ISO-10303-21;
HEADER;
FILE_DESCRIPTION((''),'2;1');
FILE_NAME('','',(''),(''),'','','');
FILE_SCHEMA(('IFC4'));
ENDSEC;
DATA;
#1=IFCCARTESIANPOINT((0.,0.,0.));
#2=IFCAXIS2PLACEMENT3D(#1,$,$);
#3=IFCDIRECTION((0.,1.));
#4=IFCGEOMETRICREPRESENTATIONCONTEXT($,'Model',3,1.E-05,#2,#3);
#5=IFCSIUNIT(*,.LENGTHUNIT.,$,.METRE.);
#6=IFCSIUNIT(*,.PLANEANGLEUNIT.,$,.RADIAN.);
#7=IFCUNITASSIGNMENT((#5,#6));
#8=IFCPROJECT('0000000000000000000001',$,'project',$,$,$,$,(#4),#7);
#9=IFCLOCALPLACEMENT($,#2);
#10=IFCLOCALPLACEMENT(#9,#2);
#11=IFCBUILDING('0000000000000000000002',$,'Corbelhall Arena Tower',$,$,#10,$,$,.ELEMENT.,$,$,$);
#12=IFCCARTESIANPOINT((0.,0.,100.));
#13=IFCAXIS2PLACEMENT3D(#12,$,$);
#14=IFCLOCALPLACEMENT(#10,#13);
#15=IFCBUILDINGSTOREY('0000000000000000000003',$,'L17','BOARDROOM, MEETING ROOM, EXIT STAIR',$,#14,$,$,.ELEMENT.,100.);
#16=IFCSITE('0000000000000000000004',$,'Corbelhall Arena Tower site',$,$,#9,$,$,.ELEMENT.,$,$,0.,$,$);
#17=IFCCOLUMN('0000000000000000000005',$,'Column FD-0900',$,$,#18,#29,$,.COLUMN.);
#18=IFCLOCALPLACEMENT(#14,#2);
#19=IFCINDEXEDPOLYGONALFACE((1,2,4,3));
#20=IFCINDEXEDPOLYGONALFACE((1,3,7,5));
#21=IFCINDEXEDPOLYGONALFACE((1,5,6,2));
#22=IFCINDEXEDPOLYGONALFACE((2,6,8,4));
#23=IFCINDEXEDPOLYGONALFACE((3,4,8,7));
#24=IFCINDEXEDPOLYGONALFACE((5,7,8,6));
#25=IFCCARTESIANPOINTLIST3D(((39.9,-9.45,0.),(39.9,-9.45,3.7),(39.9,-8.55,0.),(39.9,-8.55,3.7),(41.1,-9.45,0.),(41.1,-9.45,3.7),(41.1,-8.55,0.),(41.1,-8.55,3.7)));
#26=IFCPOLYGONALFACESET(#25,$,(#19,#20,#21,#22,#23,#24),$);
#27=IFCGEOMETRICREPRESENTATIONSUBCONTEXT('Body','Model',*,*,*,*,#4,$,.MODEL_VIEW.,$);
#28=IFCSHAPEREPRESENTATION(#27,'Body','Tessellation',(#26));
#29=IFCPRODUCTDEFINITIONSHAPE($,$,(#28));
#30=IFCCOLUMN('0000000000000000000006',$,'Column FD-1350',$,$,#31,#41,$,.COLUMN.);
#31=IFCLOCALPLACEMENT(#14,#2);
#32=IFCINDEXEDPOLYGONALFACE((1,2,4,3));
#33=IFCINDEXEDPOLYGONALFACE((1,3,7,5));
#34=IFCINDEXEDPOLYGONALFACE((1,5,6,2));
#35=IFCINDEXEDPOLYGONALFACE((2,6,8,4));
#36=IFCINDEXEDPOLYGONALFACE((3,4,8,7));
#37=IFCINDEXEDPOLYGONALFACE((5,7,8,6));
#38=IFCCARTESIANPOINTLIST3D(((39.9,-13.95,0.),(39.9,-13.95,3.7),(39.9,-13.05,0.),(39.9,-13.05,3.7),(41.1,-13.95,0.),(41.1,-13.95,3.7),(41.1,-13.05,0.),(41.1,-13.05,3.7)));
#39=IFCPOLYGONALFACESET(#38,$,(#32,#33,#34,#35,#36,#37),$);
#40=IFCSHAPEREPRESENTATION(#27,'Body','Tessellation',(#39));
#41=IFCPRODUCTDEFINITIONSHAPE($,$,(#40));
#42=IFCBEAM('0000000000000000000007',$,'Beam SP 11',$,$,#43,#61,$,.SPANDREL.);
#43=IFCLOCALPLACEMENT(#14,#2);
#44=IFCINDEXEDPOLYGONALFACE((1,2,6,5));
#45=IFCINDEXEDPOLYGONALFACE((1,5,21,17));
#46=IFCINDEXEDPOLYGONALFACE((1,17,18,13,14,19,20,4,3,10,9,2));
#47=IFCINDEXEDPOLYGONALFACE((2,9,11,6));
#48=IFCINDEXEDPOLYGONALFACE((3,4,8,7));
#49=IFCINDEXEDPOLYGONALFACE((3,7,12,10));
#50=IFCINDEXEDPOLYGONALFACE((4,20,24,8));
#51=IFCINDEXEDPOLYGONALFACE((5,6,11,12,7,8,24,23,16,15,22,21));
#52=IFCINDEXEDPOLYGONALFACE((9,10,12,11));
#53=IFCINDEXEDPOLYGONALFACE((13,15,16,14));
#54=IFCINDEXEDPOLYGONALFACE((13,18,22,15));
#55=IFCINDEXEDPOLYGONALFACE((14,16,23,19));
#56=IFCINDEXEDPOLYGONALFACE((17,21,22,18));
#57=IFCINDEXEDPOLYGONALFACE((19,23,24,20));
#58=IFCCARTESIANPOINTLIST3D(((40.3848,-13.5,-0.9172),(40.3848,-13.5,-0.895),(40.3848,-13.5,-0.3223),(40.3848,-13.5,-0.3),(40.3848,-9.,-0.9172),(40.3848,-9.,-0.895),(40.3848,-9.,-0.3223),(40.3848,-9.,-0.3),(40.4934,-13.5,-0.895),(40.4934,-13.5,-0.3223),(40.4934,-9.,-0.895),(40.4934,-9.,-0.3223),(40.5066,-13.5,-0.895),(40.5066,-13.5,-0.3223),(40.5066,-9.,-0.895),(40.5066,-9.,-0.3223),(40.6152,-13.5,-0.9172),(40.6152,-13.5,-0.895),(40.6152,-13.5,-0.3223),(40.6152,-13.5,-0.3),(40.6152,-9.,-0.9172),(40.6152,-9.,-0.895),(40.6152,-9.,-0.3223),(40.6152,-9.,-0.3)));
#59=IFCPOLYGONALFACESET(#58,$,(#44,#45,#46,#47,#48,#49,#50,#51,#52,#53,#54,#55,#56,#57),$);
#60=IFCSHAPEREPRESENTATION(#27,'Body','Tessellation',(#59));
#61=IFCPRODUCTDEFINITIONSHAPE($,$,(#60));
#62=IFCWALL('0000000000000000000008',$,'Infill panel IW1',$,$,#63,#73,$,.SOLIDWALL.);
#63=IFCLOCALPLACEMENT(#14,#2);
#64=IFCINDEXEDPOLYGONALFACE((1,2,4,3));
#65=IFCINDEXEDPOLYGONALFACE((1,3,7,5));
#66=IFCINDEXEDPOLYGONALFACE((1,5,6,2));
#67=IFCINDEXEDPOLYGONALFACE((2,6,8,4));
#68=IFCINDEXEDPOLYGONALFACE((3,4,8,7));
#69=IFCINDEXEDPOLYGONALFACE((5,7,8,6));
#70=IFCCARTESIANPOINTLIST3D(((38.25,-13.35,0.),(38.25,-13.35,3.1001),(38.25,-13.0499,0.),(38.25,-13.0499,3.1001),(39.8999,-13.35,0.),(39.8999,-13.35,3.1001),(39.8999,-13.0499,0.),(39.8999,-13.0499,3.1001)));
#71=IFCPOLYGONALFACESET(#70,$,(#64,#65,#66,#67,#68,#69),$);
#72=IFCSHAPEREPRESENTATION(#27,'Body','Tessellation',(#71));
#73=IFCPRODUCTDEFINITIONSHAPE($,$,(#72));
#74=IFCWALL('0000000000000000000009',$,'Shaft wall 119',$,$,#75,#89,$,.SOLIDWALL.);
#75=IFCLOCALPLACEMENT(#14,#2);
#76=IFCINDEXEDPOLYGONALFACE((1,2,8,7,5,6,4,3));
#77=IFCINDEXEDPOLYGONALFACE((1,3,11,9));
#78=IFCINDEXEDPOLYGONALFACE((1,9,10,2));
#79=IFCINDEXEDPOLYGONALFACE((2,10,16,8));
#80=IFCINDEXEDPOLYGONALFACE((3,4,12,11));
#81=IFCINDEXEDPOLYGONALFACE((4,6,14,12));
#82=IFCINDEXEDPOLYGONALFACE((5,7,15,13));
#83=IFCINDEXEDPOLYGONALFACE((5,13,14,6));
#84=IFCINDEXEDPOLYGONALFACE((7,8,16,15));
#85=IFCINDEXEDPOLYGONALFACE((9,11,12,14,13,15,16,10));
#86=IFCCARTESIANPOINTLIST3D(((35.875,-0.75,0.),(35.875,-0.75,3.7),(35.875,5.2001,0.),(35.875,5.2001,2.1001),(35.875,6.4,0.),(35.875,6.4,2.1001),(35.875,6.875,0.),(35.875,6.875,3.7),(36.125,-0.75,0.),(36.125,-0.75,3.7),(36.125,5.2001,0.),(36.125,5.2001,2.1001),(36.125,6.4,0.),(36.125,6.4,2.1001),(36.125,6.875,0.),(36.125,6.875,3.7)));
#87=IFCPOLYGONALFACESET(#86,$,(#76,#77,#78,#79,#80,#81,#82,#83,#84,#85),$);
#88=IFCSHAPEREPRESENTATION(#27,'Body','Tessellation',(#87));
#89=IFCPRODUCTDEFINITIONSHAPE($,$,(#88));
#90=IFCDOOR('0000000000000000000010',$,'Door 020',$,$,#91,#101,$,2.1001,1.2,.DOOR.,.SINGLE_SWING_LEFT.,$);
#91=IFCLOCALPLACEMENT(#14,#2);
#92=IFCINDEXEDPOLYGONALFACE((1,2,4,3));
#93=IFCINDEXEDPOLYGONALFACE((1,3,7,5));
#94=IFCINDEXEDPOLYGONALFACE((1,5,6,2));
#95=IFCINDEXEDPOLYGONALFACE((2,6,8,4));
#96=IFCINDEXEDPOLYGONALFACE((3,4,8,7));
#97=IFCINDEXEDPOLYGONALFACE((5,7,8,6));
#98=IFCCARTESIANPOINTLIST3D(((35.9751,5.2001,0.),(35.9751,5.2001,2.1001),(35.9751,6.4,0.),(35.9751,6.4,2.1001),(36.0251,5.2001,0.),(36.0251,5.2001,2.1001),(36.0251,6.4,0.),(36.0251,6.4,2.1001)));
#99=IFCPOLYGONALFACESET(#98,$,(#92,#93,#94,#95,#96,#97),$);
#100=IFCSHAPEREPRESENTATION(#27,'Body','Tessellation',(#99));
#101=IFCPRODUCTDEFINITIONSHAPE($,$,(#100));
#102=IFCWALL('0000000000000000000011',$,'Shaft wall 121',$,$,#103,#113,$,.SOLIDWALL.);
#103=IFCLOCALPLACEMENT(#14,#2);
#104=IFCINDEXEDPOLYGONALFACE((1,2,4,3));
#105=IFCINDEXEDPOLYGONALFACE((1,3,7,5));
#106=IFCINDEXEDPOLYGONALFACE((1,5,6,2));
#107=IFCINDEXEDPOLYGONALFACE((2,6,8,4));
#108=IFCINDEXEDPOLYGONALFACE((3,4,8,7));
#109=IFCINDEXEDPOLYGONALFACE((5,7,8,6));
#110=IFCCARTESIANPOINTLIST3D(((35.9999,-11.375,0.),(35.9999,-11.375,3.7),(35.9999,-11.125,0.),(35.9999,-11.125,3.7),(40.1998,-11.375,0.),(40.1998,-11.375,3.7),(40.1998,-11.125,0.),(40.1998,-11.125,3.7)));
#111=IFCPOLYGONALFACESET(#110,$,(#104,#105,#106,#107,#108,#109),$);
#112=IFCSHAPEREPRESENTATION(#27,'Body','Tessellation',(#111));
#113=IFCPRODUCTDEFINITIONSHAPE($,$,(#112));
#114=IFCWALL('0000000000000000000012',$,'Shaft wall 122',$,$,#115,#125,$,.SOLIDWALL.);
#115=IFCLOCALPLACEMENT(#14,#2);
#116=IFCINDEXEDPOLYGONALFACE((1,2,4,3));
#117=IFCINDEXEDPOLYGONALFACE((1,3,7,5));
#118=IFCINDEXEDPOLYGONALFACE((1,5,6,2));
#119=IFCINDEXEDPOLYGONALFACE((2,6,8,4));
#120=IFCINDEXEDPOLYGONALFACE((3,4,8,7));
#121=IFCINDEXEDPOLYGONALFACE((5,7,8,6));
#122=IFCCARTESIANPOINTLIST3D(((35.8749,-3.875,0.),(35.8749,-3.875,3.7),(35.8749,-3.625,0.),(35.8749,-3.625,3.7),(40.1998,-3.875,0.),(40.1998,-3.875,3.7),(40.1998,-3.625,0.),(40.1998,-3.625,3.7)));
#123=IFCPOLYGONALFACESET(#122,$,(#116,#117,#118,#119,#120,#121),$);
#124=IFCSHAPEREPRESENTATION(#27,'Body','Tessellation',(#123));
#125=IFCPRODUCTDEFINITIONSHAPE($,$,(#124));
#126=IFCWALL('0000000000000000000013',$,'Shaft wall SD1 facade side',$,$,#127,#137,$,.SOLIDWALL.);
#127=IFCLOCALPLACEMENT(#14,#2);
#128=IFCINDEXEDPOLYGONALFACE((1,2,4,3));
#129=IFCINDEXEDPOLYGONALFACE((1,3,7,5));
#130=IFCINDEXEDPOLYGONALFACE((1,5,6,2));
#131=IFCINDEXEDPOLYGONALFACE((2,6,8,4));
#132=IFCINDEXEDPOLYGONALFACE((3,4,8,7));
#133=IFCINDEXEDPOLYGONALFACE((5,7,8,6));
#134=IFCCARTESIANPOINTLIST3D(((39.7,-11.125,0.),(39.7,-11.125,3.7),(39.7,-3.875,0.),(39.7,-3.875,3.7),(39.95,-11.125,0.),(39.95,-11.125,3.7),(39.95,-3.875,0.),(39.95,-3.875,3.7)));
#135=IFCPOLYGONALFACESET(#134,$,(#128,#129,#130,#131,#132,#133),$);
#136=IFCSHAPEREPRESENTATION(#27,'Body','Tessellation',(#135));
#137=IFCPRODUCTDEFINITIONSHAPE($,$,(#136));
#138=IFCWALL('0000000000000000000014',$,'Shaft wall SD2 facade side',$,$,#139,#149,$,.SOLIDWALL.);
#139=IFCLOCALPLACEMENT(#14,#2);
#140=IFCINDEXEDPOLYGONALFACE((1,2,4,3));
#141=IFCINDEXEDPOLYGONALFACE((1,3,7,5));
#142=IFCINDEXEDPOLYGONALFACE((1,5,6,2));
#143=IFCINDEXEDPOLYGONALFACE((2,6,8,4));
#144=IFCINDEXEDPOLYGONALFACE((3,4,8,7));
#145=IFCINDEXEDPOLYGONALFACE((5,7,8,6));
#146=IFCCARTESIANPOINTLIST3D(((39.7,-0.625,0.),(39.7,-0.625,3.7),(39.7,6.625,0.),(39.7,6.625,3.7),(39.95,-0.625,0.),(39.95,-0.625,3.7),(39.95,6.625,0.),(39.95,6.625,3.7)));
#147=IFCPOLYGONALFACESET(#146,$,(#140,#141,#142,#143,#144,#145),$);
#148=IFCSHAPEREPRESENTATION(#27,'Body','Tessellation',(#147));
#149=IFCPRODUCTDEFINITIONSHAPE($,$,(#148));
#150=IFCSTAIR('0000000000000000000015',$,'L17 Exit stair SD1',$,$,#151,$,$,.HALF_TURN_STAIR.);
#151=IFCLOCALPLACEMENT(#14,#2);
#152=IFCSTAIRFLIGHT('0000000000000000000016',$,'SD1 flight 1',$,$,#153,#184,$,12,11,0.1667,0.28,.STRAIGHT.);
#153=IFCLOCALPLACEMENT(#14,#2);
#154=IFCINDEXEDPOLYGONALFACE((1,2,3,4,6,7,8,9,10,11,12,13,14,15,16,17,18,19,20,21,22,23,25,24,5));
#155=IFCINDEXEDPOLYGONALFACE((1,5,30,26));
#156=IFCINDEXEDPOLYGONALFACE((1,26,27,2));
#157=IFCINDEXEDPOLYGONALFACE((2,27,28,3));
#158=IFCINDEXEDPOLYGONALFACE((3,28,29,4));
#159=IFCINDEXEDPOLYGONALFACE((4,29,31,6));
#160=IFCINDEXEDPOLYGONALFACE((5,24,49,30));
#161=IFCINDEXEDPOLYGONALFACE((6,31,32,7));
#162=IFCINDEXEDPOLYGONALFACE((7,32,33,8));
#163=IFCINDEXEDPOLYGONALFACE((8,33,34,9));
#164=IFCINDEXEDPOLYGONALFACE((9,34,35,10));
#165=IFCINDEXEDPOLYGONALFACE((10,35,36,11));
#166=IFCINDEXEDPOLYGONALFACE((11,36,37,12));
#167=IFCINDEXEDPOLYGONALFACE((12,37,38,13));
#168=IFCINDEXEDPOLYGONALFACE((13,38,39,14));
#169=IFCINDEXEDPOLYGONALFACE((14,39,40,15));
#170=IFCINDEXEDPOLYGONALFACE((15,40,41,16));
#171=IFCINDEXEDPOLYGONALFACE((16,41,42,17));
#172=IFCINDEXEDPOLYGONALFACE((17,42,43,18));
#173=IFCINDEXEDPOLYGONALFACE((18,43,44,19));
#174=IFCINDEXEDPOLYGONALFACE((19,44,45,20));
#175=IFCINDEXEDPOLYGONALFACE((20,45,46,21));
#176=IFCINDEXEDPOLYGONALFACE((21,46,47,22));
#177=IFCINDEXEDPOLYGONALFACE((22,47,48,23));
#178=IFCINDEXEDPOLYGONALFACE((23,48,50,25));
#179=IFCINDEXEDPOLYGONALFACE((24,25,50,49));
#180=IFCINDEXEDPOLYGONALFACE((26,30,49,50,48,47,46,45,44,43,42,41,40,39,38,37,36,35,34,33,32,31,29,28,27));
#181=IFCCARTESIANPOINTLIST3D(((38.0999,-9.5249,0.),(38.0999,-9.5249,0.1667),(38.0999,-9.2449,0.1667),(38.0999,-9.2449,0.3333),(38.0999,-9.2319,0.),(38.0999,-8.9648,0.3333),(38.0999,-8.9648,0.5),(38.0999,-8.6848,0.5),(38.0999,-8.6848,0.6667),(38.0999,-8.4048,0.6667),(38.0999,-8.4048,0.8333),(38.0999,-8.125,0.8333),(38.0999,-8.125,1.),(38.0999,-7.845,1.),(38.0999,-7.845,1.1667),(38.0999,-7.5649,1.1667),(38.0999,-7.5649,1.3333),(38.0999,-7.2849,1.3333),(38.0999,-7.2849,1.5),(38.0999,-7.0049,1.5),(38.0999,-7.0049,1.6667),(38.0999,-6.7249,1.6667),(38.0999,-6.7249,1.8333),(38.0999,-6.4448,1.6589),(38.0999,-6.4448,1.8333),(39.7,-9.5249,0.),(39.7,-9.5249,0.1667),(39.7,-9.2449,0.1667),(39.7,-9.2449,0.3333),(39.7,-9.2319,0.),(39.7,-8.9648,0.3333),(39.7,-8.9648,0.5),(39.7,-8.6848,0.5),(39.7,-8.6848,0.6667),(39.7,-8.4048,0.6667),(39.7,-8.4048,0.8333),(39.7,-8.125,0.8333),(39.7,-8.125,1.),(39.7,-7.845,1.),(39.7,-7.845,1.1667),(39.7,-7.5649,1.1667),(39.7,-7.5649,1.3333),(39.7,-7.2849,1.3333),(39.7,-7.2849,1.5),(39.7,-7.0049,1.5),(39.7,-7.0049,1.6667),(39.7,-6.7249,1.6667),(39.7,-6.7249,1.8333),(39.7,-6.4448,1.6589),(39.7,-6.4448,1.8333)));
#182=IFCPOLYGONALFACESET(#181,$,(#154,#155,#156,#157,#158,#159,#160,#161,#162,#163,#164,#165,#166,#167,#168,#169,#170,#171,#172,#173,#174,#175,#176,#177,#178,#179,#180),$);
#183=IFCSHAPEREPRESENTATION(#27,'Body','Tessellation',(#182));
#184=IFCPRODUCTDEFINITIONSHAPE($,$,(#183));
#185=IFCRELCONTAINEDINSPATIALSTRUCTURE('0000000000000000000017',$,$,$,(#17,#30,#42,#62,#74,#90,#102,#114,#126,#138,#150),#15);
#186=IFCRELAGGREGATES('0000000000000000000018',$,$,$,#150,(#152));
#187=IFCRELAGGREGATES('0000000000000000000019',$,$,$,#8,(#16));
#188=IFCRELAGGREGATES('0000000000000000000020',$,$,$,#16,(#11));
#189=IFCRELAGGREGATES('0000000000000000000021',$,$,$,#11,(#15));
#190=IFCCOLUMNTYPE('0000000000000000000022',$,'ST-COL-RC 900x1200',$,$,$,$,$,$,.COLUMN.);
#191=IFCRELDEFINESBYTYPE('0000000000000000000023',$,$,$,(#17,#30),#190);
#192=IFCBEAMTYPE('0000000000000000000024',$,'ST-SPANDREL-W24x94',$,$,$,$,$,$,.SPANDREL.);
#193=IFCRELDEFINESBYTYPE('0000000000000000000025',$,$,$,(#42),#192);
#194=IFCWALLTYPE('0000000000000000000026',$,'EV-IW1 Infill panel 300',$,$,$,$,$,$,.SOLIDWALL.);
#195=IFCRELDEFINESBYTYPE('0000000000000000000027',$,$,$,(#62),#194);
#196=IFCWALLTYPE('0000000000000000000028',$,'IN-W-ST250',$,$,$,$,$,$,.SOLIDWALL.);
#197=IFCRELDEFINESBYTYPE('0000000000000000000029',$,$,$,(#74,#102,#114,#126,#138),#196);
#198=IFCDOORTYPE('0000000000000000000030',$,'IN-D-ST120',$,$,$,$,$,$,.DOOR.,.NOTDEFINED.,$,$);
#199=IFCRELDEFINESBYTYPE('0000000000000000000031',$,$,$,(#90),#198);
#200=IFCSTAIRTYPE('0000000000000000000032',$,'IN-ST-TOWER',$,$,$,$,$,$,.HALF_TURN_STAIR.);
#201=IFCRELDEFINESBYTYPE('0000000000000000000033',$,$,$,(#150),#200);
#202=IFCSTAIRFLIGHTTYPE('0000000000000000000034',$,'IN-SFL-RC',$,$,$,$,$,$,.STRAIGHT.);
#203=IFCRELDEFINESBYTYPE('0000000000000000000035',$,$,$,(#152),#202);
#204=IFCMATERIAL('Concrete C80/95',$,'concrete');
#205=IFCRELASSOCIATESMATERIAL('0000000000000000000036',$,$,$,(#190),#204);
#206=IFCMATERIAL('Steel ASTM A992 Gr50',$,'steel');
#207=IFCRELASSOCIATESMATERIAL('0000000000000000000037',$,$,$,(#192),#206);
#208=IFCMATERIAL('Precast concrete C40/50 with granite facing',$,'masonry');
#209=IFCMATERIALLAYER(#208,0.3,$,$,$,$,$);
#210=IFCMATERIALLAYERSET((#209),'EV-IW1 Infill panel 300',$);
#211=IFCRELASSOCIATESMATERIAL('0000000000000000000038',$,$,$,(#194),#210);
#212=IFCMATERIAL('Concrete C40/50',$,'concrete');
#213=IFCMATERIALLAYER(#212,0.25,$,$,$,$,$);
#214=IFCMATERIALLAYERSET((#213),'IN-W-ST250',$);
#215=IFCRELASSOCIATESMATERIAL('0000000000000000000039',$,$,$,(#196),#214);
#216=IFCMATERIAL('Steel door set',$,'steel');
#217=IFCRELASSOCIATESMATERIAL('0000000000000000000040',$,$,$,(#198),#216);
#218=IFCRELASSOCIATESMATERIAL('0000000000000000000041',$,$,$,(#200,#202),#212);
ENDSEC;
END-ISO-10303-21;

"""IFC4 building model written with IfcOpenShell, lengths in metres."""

from ifc_helpers import new_model, si_unit, direction, frame, frame_2d, origin, origin_2d, place, context, subcontext, project, spatial, polyline, rectangle, i_section, outline, extrude, material, layer, layer_set, material_profile, profile_set, type_object, element, fill, aggregate, save


model = new_model("IFC4")

# Units and contexts
model_context = context("Model", 3, precision=1e-05, world=origin(), true_north=direction((0.0, 1.0)))
body_context = subcontext(model_context, "Body", "Model", "MODEL_VIEW")
ifc_project = project(units=[si_unit("LENGTHUNIT", "METRE"), si_unit("PLANEANGLEUNIT", "RADIAN")], contexts=[model_context])

# Site, building, storey
site_placement = place(None, origin())
site = spatial("IfcSite", under=ifc_project, at=site_placement, Name="Corbelhall Arena Tower site", CompositionType="ELEMENT", RefElevation=0.0)
building_placement = place(site_placement, origin())
building = spatial("IfcBuilding", under=site, at=building_placement, Name="Corbelhall Arena Tower", CompositionType="ELEMENT")
storey_placement = place(building_placement, frame((0.0, 0.0, 100.0)))
storey = spatial("IfcBuildingStorey", under=building, at=storey_placement, Name="L17", Description="BOARDROOM, MEETING ROOM, EXIT STAIR", CompositionType="ELEMENT", Elevation=100.0)

# Columns
ifc_material_1 = material(Name="Concrete C80/95", Category="concrete")
ifc_material_profile_1 = material_profile(ifc_material_1, rectangle(XDim=0.8999, YDim=1.2, at=origin_2d()))
ifc_profile_set_1 = profile_set([ifc_material_profile_1], Name="Concrete C80/95")
column_type = type_object("IfcColumnType", Name="ST-COL-RC 900x1200", PredefinedType="COLUMN", material=ifc_profile_set_1)
for number, where, z_axis, x_axis, name in (
    (1, (40.5, -9.0, 0.0), (0.0, 0.0, 1.0), (0.0, 1.0, 0.0), "Column FD-0900"),
    (2, (40.5, -13.5, 0.0), (0.0, 0.0, 1.0), (0.0, 1.0, 0.0), "Column FD-1350"),
):
    element("IfcColumn", number, at=place(storey_placement, frame(where, z_axis=z_axis, x_axis=x_axis)), inside=storey, type_object=column_type, Name=name, PredefinedType="COLUMN", context=body_context, shape_type="SweptSolid", body=[
        extrude(rectangle(XDim=0.8999, YDim=1.2, at=origin_2d()), origin(), (0.0, 0.0, 1.0), 3.7),
    ])

# Beam
ifc_material_2 = material(Name="Steel ASTM A992 Gr50", Category="steel")
ifc_material_profile_2 = material_profile(ifc_material_2, i_section(OverallWidth=0.2305, OverallDepth=0.6172, WebThickness=0.0132, FlangeThickness=0.0222, at=origin_2d()))
ifc_profile_set_2 = profile_set([ifc_material_profile_2], Name="Steel ASTM A992 Gr50")
beam_type = type_object("IfcBeamType", Name="ST-SPANDREL-W24x94", PredefinedType="SPANDREL", material=ifc_profile_set_2)
beam_placement = place(storey_placement, frame((40.5, -9.0, -0.6086), z_axis=(0.0, -1.0, 0.0), x_axis=(1.0, 0.0, 0.0)))
element("IfcBeam", 3, at=beam_placement, inside=storey, type_object=beam_type, Name="Beam SP 11", PredefinedType="SPANDREL", context=body_context, shape_type="SweptSolid", body=[
    extrude(i_section(OverallWidth=0.2305, OverallDepth=0.6172, WebThickness=0.0132, FlangeThickness=0.0222, at=origin_2d()), origin(), (0.0, 0.0, 1.0), 4.5),
])

# Wall
ifc_material_3 = material(Name="Precast concrete C40/50 with granite facing", Category="masonry")
ifc_layer_1 = layer(ifc_material_3, 0.3)
ifc_layer_set_1 = layer_set([ifc_layer_1], Name="EV-IW1 Infill panel 300")
wall_type_1 = type_object("IfcWallType", Name="EV-IW1 Infill panel 300", PredefinedType="SOLIDWALL", material=ifc_layer_set_1)
wall_1_placement = place(storey_placement, frame((39.8999, -13.2, 0.0), z_axis=(0.0, 0.0, 1.0), x_axis=(-1.0, 0.0, 0.0)))
element("IfcWall", 4, at=wall_1_placement, inside=storey, type_object=wall_type_1, Name="Infill panel IW1", PredefinedType="SOLIDWALL", context=body_context, shape_type="SweptSolid", body=[
    extrude(rectangle(XDim=1.6499, YDim=0.3, at=frame_2d((0.825, 0.0))), origin(), (0.0, 0.0, 1.0), 3.1001),
])

# Wall, opening, door
ifc_material_4 = material(Name="Concrete C40/50", Category="concrete")
ifc_layer_2 = layer(ifc_material_4, 0.25)
ifc_layer_set_2 = layer_set([ifc_layer_2], Name="IN-W-ST250")
wall_type_2 = type_object("IfcWallType", Name="IN-W-ST250", PredefinedType="SOLIDWALL", material=ifc_layer_set_2)
wall_2_placement = place(storey_placement, frame((36.0, -0.75, 0.0), z_axis=(0.0, 0.0, 1.0), x_axis=(0.0, 1.0, 0.0)))
wall_2 = element("IfcWall", 5, at=wall_2_placement, inside=storey, type_object=wall_type_2, Name="Shaft wall 119", PredefinedType="SOLIDWALL", context=body_context, shape_type="SweptSolid", body=[
    extrude(rectangle(XDim=7.625, YDim=0.25, at=frame_2d((3.8125, 0.0))), origin(), (0.0, 0.0, 1.0), 3.7),
])
opening_1_placement = place(wall_2_placement, frame((5.95, 0.0, 0.0)))
opening_1 = element("IfcOpeningElement", 6, at=opening_1_placement, cuts=wall_2, PredefinedType="OPENING", context=body_context, shape_type="SweptSolid", body=[
    extrude(rectangle(XDim=1.2, YDim=2.1001, at=frame_2d((0.6001, 1.05))), frame((0.0, 0.125, 0.0), z_axis=(0.0, -1.0, 0.0), x_axis=(1.0, 0.0, 0.0)), (0.0, 0.0, 1.0), 0.25),
])
ifc_material_5 = material(Name="Steel door set", Category="steel")
door_type = type_object("IfcDoorType", Name="IN-D-ST120", OperationType="NOTDEFINED", PredefinedType="DOOR", material=ifc_material_5)
door_placement = place(opening_1_placement, origin())
door = element("IfcDoor", 7, at=door_placement, inside=storey, type_object=door_type, Name="Door 020", OperationType="SINGLE_SWING_LEFT", OverallHeight=2.1001, OverallWidth=1.2, PredefinedType="DOOR", context=body_context, shape_type="SweptSolid", body=[
    extrude(rectangle(XDim=1.2, YDim=2.1001, at=frame_2d((0.6001, 1.05))), frame((0.0, 0.0249, 0.0), z_axis=(0.0, -1.0, 0.0), x_axis=(1.0, 0.0, 0.0)), (0.0, 0.0, 1.0), 0.05),
])
fill(opening_1, door)

# Walls
wall_3_placement = place(storey_placement, frame((40.2, -11.25, 0.0), z_axis=(0.0, 0.0, 1.0), x_axis=(-1.0, 0.0, 0.0)))
element("IfcWall", 8, at=wall_3_placement, inside=storey, type_object=wall_type_2, Name="Shaft wall 121", PredefinedType="SOLIDWALL", context=body_context, shape_type="SweptSolid", body=[
    extrude(rectangle(XDim=4.2, YDim=0.25, at=frame_2d((2.1001, 0.0))), origin(), (0.0, 0.0, 1.0), 3.7),
])
wall_4_placement = place(storey_placement, frame((40.2, -3.75, 0.0), z_axis=(0.0, 0.0, 1.0), x_axis=(-1.0, 0.0, 0.0)))
element("IfcWall", 9, at=wall_4_placement, inside=storey, type_object=wall_type_2, Name="Shaft wall 122", PredefinedType="SOLIDWALL", context=body_context, shape_type="SweptSolid", body=[
    extrude(rectangle(XDim=4.325, YDim=0.25, at=frame_2d((2.1626, 0.0))), origin(), (0.0, 0.0, 1.0), 3.7),
])
for number, where, z_axis, x_axis, name in (
    (10, (39.825, -11.125, 0.0), (0.0, 0.0, 1.0), (0.0, 1.0, 0.0), "Shaft wall SD1 facade side"),
    (11, (39.825, -0.625, 0.0), (0.0, 0.0, 1.0), (0.0, 1.0, 0.0), "Shaft wall SD2 facade side"),
):
    element("IfcWall", number, at=place(storey_placement, frame(where, z_axis=z_axis, x_axis=x_axis)), inside=storey, type_object=wall_type_2, Name=name, PredefinedType="SOLIDWALL", context=body_context, shape_type="SweptSolid", body=[
        extrude(rectangle(XDim=7.25, YDim=0.25, at=frame_2d((3.625, 0.0))), origin(), (0.0, 0.0, 1.0), 3.7),
    ])

# Stair, stair flight
stair_type = type_object("IfcStairType", Name="IN-ST-TOWER", PredefinedType="HALF_TURN_STAIR", material=ifc_material_4)
stair_placement = place(storey_placement, origin())
stair = element("IfcStair", 12, at=stair_placement, inside=storey, type_object=stair_type, Name="L17 Exit stair SD1", PredefinedType="HALF_TURN_STAIR")
stair_flight_type = type_object("IfcStairFlightType", Name="IN-SFL-RC", PredefinedType="STRAIGHT", material=ifc_material_4)
stair_flight_1_placement = place(storey_placement, frame((38.8999, -9.5249, 0.0), z_axis=(0.0, 0.0, 1.0), x_axis=(0.0, 1.0, 0.0)))
stair_flight_1 = element("IfcStairFlight", 13, at=stair_flight_1_placement, type_object=stair_flight_type, Name="SD1 flight 1", NumberOfRisers=12, NumberOfTreads=11, PredefinedType="STRAIGHT", RiserHeight=0.1667, TreadLength=0.28, context=body_context, shape_type="SweptSolid", body=[
    extrude(outline(polyline([(0.0, 0.0), (0.0, 0.1667), (0.28, 0.1667), (0.28, 0.3333), (0.5601, 0.3333), (0.5601, 0.5), (0.8401, 0.5), (0.8401, 0.6667), (1.1201, 0.6667), (1.1201, 0.8333), (1.3999, 0.8333), (1.3999, 1.0), (1.6799, 1.0), (1.6799, 1.1667), (1.96, 1.1667), (1.96, 1.3333), (2.24, 1.3333), (2.24, 1.5), (2.52, 1.5), (2.52, 1.6667), (2.8, 1.6667), (2.8, 1.8333), (3.0801, 1.8333), (3.0801, 2.0), (3.0801, 1.6589), (0.293, 0.0), (0.0, 0.0)])), frame((0.0, 0.8, 0.0), z_axis=(0.0, -1.0, 0.0), x_axis=(1.0, 0.0, 0.0)), (0.0, 0.0, 1.0), 1.6001),
])
aggregate(stair, [stair_flight_1])

save(model, "model.ifc")
